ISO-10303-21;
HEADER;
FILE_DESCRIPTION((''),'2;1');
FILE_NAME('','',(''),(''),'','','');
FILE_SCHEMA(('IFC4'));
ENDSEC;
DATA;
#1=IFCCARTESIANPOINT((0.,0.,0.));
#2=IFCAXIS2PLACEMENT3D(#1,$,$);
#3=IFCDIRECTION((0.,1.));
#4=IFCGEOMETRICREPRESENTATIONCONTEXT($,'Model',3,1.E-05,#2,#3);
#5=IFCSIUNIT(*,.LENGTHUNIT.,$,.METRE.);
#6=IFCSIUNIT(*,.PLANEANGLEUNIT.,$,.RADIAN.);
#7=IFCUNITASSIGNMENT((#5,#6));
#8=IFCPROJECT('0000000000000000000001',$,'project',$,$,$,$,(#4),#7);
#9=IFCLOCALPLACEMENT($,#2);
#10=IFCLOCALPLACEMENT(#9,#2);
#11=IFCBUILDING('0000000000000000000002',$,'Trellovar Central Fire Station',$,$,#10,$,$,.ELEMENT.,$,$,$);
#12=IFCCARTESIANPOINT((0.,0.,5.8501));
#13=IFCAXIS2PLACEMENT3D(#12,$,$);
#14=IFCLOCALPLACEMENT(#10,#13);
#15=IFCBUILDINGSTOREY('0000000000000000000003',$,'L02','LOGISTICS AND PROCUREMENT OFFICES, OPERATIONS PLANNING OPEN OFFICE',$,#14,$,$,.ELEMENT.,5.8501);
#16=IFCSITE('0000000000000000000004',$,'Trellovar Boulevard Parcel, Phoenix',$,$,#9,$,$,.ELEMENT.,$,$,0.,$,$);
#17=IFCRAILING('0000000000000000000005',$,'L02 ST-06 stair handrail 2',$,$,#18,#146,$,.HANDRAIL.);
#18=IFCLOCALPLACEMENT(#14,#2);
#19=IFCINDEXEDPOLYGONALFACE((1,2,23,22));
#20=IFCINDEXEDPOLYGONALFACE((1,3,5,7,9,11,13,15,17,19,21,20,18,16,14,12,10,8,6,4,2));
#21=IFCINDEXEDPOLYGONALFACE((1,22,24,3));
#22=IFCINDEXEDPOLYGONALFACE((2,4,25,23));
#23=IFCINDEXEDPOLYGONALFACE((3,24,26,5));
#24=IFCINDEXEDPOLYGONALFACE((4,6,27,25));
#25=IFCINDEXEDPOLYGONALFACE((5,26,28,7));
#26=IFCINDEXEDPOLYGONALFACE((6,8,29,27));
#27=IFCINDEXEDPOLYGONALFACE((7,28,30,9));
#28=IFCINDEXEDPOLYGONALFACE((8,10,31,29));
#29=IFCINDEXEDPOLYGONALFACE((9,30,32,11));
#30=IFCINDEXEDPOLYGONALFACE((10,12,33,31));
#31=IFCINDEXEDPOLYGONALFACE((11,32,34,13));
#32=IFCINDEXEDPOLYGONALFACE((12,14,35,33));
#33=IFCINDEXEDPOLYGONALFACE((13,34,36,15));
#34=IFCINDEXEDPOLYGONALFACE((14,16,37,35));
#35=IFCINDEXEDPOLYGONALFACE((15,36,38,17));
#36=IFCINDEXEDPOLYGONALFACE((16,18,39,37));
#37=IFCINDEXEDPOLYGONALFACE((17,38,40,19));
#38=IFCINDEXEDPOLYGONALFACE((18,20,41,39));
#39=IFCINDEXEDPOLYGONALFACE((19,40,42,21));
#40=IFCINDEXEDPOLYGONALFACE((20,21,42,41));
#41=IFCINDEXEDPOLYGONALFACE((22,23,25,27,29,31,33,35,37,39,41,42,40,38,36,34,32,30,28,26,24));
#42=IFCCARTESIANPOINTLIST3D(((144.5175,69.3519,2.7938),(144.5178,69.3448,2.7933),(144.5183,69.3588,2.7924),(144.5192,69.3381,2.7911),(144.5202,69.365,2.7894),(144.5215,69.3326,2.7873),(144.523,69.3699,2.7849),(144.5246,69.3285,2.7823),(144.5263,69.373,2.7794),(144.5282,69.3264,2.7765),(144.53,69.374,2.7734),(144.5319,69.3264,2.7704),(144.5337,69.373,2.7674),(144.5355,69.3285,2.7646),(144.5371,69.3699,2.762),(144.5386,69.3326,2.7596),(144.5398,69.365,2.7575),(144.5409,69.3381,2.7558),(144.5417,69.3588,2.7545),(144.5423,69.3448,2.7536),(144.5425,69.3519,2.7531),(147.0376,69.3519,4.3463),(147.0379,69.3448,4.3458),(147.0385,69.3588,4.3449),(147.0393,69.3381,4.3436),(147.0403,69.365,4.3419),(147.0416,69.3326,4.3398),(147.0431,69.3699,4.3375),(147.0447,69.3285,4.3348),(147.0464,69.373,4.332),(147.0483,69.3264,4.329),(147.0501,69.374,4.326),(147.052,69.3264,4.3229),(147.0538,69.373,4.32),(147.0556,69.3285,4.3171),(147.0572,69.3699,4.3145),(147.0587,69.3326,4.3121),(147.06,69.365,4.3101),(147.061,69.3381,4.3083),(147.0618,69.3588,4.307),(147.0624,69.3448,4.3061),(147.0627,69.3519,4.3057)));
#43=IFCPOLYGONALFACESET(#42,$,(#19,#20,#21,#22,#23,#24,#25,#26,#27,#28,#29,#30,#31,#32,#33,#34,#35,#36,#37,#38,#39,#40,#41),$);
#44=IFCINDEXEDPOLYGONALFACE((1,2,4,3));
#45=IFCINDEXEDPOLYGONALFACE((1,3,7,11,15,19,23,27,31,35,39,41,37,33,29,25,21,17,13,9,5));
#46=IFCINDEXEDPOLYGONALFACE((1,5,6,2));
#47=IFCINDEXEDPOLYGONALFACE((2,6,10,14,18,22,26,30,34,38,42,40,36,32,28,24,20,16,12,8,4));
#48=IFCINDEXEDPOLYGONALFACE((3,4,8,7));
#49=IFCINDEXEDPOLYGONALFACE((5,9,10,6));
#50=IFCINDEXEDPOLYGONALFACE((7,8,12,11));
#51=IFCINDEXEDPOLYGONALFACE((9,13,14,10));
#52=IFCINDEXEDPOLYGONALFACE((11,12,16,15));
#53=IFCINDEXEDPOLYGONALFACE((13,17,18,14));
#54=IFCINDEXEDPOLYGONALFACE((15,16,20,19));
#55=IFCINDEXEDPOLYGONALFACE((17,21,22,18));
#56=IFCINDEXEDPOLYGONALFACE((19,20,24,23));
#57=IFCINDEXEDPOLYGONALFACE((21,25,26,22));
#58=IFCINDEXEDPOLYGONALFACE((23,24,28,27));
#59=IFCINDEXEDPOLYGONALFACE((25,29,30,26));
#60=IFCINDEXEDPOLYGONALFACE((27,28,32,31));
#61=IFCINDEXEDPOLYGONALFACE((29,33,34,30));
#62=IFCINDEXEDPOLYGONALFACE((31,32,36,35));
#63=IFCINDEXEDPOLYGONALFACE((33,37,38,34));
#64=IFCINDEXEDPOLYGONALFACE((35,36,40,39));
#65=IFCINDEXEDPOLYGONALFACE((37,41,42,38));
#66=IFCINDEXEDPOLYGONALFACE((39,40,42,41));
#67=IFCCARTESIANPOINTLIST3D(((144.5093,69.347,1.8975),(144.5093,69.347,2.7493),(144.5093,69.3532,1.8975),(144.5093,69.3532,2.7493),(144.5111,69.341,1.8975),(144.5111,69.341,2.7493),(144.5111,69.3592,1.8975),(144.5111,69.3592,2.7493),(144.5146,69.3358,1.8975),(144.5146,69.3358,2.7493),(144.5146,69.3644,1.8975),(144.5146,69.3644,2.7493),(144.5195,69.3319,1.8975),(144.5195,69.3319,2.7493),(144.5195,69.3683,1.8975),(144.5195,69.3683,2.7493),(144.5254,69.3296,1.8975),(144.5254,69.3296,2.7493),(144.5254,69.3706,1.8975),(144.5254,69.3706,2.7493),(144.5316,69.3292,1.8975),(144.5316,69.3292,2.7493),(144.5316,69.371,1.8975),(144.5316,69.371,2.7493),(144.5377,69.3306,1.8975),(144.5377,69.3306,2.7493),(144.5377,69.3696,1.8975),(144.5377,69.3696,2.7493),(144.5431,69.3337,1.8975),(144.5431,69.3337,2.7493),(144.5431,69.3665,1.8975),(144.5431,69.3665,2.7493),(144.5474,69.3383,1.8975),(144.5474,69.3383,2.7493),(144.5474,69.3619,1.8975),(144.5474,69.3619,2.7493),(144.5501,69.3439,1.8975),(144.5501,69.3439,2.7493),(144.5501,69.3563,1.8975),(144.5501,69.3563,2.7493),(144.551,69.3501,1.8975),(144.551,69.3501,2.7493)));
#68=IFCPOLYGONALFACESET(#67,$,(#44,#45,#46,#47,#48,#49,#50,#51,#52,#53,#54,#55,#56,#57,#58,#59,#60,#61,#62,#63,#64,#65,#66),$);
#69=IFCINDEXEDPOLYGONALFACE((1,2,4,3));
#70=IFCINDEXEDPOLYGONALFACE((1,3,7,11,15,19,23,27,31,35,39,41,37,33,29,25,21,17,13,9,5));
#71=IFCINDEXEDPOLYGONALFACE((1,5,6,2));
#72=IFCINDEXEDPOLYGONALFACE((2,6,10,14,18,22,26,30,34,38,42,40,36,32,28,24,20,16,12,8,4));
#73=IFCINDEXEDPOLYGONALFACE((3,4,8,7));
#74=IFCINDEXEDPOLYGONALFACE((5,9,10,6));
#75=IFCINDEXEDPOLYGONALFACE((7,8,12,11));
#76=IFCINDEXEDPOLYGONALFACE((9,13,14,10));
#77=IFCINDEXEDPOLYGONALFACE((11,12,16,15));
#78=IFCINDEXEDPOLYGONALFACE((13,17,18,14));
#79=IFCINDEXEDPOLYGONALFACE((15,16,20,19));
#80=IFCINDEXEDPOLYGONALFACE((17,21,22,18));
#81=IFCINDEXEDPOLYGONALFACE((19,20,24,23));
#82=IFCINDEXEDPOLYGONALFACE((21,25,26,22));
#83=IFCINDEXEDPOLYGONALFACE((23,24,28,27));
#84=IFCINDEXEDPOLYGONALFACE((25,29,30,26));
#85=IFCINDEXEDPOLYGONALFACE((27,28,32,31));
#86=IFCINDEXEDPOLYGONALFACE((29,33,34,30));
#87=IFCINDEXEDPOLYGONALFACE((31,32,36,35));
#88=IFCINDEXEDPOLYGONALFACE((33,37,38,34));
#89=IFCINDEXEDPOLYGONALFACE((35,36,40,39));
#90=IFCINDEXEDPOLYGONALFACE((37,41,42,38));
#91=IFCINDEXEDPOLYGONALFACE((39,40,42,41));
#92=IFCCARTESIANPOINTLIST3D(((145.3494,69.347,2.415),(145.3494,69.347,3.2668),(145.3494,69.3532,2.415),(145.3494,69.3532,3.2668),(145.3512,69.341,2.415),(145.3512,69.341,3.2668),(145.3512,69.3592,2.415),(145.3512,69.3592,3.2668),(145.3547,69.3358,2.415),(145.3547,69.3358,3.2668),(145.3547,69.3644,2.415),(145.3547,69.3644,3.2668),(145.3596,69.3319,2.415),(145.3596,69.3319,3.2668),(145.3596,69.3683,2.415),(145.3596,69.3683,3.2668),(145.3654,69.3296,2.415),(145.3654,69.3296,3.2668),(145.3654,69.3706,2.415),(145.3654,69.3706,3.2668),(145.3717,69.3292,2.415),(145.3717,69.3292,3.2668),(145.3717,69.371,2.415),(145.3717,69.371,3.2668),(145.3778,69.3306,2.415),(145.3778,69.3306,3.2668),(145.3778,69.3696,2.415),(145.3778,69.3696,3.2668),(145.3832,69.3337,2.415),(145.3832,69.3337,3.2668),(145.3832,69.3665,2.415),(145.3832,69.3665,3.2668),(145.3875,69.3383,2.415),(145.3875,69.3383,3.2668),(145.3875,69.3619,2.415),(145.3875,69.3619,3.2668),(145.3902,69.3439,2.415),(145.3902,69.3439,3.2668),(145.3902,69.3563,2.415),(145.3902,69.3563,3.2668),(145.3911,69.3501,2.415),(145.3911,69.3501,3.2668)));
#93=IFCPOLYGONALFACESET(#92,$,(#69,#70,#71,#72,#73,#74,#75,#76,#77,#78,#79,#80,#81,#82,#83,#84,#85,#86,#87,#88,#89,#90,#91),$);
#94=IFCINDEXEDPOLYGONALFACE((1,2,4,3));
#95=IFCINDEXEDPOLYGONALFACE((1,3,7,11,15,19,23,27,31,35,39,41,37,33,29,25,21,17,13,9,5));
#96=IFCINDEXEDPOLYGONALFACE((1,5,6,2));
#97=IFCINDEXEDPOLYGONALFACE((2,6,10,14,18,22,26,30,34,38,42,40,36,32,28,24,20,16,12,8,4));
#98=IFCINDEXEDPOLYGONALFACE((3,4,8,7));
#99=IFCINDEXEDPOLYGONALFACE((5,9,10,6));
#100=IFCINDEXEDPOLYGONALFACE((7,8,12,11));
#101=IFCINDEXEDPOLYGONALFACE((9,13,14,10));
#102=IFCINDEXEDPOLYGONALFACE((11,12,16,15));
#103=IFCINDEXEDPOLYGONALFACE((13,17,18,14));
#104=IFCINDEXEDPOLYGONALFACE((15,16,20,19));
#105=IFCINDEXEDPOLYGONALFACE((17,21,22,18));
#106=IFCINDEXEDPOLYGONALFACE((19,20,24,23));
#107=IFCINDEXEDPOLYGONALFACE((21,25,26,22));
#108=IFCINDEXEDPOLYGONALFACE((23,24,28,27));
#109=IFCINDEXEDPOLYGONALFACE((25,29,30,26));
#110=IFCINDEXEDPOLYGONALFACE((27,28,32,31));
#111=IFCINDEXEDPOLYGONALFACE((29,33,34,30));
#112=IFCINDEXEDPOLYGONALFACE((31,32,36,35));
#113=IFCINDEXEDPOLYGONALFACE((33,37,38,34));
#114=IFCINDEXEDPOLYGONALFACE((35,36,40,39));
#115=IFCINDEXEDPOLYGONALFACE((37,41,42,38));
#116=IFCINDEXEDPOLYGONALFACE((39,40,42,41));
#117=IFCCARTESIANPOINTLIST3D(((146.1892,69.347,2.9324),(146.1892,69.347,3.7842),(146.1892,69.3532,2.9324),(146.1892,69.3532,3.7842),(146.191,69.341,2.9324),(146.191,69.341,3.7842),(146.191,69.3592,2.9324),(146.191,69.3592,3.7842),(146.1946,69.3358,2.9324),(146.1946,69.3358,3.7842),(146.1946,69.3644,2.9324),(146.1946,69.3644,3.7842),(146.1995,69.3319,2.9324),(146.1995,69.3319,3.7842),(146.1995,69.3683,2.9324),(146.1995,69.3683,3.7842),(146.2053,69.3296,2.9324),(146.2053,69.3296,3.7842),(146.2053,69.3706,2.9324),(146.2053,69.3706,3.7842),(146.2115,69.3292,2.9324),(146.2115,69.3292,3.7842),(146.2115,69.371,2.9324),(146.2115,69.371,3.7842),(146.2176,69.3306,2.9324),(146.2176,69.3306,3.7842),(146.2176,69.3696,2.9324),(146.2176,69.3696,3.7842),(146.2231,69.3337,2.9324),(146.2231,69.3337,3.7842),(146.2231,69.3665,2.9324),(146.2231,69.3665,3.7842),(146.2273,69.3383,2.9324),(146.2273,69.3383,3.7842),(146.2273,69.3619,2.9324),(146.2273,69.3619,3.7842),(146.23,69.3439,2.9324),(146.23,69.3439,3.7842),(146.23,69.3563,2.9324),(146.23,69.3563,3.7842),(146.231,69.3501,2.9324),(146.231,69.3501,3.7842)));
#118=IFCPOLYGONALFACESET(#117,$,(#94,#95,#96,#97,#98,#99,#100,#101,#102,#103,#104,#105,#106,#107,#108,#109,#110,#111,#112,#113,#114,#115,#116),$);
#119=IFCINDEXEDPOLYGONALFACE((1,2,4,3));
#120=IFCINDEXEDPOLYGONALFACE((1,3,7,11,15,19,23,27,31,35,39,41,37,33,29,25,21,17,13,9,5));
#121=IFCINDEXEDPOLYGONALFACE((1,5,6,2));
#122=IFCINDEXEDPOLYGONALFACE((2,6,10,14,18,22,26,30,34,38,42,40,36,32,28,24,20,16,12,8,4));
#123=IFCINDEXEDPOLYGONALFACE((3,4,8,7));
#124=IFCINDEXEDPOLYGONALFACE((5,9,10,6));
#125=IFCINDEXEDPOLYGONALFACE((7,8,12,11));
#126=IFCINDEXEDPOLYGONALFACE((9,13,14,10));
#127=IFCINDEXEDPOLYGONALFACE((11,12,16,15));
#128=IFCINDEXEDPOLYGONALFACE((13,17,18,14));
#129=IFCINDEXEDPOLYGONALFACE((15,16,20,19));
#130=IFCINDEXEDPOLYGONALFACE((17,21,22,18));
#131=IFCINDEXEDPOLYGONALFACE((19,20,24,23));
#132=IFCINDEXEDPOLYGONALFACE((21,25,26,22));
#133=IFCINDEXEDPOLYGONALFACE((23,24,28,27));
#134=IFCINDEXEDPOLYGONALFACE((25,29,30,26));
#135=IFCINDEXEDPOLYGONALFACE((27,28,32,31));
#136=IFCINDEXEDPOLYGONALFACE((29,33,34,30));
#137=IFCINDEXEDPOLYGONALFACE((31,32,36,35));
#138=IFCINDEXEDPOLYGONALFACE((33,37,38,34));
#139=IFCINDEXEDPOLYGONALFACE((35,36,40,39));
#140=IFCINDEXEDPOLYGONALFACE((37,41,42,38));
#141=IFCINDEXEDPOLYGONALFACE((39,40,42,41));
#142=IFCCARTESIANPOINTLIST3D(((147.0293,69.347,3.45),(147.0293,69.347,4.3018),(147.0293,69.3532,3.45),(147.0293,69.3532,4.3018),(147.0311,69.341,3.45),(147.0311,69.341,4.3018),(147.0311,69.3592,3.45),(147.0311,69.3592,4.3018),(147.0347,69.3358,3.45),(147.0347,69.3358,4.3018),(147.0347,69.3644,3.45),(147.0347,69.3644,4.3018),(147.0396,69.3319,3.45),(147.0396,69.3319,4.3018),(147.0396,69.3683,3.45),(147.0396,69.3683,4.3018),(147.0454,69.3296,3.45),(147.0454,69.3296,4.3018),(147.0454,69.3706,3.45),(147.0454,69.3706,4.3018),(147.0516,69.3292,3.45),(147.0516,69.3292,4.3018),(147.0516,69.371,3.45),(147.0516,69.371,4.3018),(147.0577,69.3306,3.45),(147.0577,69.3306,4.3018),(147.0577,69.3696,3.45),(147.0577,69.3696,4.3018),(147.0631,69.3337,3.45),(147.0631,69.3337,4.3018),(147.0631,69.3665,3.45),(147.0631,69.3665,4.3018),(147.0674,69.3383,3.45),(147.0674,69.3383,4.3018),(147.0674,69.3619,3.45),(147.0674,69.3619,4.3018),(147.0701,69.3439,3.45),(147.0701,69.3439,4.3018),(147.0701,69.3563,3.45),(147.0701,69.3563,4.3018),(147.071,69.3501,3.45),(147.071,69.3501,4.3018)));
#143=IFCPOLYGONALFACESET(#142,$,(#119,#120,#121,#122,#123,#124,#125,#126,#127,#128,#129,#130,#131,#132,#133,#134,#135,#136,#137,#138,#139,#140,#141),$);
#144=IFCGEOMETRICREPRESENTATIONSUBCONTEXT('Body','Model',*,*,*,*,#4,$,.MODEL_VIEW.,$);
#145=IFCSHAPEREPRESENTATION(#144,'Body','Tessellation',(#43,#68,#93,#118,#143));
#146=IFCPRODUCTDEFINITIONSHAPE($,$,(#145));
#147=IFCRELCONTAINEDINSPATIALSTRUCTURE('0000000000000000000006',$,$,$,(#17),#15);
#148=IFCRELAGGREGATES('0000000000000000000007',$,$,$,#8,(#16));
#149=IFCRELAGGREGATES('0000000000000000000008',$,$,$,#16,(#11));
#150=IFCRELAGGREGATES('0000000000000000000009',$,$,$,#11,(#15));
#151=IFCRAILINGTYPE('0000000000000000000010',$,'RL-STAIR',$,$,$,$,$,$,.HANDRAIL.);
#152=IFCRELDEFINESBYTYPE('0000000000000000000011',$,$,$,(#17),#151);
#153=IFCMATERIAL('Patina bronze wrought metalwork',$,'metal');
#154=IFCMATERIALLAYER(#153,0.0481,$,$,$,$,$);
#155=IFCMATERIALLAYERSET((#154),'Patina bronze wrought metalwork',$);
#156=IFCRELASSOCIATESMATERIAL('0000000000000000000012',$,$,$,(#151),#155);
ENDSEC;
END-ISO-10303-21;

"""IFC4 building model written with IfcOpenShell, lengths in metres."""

from ifc_helpers import new_model, si_unit, direction, frame, origin, origin_2d, place, context, subcontext, project, spatial, circle, extrude, material, layer, layer_set, type_object, element, save


model = new_model("IFC4")

# Units and contexts
model_context = context("Model", 3, precision=1e-05, world=origin(), true_north=direction((0.0, 1.0)))
body_context = subcontext(model_context, "Body", "Model", "MODEL_VIEW")
ifc_project = project(units=[si_unit("LENGTHUNIT", "METRE"), si_unit("PLANEANGLEUNIT", "RADIAN")], contexts=[model_context])

# Site, building, storey
site_placement = place(None, origin())
site = spatial("IfcSite", under=ifc_project, at=site_placement, Name="Trellovar Boulevard Parcel, Phoenix", CompositionType="ELEMENT", RefElevation=0.0)
building_placement = place(site_placement, origin())
building = spatial("IfcBuilding", under=site, at=building_placement, Name="Trellovar Central Fire Station", CompositionType="ELEMENT")
storey_placement = place(building_placement, frame((0.0, 0.0, 5.8501)))
storey = spatial("IfcBuildingStorey", under=building, at=storey_placement, Name="L02", Description="LOGISTICS AND PROCUREMENT OFFICES, OPERATIONS PLANNING OPEN OFFICE", CompositionType="ELEMENT", Elevation=5.8501)

# Railing
ifc_material_1 = material(Name="Patina bronze wrought metalwork", Category="metal")
ifc_layer_1 = layer(ifc_material_1, 0.0481)
ifc_layer_set_1 = layer_set([ifc_layer_1], Name="Patina bronze wrought metalwork")
railing_type_1 = type_object("IfcRailingType", Name="RL-STAIR", PredefinedType="HANDRAIL", material=ifc_layer_set_1)
railing_1_placement = place(storey_placement, frame((144.53, 69.3501, 1.8975)))
element("IfcRailing", 1, at=railing_1_placement, inside=storey, type_object=railing_type_1, Name="L02 ST-06 stair handrail 2", PredefinedType="HANDRAIL", context=body_context, shape_type="SweptSolid", body=[
    extrude(circle(Radius=0.0239, at=origin_2d()), frame((0.0, 0.0, 0.876), z_axis=(0.8514, 0.0, 0.524516), x_axis=(0.0, 1.0, 0.0)), (0.0, 0.0, 1.0), 2.96),
    extrude(circle(Radius=0.021, at=origin_2d()), origin(), (0.0, 0.0, 1.0), 0.8518),
    extrude(circle(Radius=0.021, at=origin_2d()), frame((0.8401, 0.0, 0.5176)), (0.0, 0.0, 1.0), 0.8518),
    extrude(circle(Radius=0.021, at=origin_2d()), frame((1.6799, 0.0, 1.0349)), (0.0, 0.0, 1.0), 0.8518),
    extrude(circle(Radius=0.021, at=origin_2d()), frame((2.52, 0.0, 1.5525)), (0.0, 0.0, 1.0), 0.8518),
])

save(model, "model.ifc")
